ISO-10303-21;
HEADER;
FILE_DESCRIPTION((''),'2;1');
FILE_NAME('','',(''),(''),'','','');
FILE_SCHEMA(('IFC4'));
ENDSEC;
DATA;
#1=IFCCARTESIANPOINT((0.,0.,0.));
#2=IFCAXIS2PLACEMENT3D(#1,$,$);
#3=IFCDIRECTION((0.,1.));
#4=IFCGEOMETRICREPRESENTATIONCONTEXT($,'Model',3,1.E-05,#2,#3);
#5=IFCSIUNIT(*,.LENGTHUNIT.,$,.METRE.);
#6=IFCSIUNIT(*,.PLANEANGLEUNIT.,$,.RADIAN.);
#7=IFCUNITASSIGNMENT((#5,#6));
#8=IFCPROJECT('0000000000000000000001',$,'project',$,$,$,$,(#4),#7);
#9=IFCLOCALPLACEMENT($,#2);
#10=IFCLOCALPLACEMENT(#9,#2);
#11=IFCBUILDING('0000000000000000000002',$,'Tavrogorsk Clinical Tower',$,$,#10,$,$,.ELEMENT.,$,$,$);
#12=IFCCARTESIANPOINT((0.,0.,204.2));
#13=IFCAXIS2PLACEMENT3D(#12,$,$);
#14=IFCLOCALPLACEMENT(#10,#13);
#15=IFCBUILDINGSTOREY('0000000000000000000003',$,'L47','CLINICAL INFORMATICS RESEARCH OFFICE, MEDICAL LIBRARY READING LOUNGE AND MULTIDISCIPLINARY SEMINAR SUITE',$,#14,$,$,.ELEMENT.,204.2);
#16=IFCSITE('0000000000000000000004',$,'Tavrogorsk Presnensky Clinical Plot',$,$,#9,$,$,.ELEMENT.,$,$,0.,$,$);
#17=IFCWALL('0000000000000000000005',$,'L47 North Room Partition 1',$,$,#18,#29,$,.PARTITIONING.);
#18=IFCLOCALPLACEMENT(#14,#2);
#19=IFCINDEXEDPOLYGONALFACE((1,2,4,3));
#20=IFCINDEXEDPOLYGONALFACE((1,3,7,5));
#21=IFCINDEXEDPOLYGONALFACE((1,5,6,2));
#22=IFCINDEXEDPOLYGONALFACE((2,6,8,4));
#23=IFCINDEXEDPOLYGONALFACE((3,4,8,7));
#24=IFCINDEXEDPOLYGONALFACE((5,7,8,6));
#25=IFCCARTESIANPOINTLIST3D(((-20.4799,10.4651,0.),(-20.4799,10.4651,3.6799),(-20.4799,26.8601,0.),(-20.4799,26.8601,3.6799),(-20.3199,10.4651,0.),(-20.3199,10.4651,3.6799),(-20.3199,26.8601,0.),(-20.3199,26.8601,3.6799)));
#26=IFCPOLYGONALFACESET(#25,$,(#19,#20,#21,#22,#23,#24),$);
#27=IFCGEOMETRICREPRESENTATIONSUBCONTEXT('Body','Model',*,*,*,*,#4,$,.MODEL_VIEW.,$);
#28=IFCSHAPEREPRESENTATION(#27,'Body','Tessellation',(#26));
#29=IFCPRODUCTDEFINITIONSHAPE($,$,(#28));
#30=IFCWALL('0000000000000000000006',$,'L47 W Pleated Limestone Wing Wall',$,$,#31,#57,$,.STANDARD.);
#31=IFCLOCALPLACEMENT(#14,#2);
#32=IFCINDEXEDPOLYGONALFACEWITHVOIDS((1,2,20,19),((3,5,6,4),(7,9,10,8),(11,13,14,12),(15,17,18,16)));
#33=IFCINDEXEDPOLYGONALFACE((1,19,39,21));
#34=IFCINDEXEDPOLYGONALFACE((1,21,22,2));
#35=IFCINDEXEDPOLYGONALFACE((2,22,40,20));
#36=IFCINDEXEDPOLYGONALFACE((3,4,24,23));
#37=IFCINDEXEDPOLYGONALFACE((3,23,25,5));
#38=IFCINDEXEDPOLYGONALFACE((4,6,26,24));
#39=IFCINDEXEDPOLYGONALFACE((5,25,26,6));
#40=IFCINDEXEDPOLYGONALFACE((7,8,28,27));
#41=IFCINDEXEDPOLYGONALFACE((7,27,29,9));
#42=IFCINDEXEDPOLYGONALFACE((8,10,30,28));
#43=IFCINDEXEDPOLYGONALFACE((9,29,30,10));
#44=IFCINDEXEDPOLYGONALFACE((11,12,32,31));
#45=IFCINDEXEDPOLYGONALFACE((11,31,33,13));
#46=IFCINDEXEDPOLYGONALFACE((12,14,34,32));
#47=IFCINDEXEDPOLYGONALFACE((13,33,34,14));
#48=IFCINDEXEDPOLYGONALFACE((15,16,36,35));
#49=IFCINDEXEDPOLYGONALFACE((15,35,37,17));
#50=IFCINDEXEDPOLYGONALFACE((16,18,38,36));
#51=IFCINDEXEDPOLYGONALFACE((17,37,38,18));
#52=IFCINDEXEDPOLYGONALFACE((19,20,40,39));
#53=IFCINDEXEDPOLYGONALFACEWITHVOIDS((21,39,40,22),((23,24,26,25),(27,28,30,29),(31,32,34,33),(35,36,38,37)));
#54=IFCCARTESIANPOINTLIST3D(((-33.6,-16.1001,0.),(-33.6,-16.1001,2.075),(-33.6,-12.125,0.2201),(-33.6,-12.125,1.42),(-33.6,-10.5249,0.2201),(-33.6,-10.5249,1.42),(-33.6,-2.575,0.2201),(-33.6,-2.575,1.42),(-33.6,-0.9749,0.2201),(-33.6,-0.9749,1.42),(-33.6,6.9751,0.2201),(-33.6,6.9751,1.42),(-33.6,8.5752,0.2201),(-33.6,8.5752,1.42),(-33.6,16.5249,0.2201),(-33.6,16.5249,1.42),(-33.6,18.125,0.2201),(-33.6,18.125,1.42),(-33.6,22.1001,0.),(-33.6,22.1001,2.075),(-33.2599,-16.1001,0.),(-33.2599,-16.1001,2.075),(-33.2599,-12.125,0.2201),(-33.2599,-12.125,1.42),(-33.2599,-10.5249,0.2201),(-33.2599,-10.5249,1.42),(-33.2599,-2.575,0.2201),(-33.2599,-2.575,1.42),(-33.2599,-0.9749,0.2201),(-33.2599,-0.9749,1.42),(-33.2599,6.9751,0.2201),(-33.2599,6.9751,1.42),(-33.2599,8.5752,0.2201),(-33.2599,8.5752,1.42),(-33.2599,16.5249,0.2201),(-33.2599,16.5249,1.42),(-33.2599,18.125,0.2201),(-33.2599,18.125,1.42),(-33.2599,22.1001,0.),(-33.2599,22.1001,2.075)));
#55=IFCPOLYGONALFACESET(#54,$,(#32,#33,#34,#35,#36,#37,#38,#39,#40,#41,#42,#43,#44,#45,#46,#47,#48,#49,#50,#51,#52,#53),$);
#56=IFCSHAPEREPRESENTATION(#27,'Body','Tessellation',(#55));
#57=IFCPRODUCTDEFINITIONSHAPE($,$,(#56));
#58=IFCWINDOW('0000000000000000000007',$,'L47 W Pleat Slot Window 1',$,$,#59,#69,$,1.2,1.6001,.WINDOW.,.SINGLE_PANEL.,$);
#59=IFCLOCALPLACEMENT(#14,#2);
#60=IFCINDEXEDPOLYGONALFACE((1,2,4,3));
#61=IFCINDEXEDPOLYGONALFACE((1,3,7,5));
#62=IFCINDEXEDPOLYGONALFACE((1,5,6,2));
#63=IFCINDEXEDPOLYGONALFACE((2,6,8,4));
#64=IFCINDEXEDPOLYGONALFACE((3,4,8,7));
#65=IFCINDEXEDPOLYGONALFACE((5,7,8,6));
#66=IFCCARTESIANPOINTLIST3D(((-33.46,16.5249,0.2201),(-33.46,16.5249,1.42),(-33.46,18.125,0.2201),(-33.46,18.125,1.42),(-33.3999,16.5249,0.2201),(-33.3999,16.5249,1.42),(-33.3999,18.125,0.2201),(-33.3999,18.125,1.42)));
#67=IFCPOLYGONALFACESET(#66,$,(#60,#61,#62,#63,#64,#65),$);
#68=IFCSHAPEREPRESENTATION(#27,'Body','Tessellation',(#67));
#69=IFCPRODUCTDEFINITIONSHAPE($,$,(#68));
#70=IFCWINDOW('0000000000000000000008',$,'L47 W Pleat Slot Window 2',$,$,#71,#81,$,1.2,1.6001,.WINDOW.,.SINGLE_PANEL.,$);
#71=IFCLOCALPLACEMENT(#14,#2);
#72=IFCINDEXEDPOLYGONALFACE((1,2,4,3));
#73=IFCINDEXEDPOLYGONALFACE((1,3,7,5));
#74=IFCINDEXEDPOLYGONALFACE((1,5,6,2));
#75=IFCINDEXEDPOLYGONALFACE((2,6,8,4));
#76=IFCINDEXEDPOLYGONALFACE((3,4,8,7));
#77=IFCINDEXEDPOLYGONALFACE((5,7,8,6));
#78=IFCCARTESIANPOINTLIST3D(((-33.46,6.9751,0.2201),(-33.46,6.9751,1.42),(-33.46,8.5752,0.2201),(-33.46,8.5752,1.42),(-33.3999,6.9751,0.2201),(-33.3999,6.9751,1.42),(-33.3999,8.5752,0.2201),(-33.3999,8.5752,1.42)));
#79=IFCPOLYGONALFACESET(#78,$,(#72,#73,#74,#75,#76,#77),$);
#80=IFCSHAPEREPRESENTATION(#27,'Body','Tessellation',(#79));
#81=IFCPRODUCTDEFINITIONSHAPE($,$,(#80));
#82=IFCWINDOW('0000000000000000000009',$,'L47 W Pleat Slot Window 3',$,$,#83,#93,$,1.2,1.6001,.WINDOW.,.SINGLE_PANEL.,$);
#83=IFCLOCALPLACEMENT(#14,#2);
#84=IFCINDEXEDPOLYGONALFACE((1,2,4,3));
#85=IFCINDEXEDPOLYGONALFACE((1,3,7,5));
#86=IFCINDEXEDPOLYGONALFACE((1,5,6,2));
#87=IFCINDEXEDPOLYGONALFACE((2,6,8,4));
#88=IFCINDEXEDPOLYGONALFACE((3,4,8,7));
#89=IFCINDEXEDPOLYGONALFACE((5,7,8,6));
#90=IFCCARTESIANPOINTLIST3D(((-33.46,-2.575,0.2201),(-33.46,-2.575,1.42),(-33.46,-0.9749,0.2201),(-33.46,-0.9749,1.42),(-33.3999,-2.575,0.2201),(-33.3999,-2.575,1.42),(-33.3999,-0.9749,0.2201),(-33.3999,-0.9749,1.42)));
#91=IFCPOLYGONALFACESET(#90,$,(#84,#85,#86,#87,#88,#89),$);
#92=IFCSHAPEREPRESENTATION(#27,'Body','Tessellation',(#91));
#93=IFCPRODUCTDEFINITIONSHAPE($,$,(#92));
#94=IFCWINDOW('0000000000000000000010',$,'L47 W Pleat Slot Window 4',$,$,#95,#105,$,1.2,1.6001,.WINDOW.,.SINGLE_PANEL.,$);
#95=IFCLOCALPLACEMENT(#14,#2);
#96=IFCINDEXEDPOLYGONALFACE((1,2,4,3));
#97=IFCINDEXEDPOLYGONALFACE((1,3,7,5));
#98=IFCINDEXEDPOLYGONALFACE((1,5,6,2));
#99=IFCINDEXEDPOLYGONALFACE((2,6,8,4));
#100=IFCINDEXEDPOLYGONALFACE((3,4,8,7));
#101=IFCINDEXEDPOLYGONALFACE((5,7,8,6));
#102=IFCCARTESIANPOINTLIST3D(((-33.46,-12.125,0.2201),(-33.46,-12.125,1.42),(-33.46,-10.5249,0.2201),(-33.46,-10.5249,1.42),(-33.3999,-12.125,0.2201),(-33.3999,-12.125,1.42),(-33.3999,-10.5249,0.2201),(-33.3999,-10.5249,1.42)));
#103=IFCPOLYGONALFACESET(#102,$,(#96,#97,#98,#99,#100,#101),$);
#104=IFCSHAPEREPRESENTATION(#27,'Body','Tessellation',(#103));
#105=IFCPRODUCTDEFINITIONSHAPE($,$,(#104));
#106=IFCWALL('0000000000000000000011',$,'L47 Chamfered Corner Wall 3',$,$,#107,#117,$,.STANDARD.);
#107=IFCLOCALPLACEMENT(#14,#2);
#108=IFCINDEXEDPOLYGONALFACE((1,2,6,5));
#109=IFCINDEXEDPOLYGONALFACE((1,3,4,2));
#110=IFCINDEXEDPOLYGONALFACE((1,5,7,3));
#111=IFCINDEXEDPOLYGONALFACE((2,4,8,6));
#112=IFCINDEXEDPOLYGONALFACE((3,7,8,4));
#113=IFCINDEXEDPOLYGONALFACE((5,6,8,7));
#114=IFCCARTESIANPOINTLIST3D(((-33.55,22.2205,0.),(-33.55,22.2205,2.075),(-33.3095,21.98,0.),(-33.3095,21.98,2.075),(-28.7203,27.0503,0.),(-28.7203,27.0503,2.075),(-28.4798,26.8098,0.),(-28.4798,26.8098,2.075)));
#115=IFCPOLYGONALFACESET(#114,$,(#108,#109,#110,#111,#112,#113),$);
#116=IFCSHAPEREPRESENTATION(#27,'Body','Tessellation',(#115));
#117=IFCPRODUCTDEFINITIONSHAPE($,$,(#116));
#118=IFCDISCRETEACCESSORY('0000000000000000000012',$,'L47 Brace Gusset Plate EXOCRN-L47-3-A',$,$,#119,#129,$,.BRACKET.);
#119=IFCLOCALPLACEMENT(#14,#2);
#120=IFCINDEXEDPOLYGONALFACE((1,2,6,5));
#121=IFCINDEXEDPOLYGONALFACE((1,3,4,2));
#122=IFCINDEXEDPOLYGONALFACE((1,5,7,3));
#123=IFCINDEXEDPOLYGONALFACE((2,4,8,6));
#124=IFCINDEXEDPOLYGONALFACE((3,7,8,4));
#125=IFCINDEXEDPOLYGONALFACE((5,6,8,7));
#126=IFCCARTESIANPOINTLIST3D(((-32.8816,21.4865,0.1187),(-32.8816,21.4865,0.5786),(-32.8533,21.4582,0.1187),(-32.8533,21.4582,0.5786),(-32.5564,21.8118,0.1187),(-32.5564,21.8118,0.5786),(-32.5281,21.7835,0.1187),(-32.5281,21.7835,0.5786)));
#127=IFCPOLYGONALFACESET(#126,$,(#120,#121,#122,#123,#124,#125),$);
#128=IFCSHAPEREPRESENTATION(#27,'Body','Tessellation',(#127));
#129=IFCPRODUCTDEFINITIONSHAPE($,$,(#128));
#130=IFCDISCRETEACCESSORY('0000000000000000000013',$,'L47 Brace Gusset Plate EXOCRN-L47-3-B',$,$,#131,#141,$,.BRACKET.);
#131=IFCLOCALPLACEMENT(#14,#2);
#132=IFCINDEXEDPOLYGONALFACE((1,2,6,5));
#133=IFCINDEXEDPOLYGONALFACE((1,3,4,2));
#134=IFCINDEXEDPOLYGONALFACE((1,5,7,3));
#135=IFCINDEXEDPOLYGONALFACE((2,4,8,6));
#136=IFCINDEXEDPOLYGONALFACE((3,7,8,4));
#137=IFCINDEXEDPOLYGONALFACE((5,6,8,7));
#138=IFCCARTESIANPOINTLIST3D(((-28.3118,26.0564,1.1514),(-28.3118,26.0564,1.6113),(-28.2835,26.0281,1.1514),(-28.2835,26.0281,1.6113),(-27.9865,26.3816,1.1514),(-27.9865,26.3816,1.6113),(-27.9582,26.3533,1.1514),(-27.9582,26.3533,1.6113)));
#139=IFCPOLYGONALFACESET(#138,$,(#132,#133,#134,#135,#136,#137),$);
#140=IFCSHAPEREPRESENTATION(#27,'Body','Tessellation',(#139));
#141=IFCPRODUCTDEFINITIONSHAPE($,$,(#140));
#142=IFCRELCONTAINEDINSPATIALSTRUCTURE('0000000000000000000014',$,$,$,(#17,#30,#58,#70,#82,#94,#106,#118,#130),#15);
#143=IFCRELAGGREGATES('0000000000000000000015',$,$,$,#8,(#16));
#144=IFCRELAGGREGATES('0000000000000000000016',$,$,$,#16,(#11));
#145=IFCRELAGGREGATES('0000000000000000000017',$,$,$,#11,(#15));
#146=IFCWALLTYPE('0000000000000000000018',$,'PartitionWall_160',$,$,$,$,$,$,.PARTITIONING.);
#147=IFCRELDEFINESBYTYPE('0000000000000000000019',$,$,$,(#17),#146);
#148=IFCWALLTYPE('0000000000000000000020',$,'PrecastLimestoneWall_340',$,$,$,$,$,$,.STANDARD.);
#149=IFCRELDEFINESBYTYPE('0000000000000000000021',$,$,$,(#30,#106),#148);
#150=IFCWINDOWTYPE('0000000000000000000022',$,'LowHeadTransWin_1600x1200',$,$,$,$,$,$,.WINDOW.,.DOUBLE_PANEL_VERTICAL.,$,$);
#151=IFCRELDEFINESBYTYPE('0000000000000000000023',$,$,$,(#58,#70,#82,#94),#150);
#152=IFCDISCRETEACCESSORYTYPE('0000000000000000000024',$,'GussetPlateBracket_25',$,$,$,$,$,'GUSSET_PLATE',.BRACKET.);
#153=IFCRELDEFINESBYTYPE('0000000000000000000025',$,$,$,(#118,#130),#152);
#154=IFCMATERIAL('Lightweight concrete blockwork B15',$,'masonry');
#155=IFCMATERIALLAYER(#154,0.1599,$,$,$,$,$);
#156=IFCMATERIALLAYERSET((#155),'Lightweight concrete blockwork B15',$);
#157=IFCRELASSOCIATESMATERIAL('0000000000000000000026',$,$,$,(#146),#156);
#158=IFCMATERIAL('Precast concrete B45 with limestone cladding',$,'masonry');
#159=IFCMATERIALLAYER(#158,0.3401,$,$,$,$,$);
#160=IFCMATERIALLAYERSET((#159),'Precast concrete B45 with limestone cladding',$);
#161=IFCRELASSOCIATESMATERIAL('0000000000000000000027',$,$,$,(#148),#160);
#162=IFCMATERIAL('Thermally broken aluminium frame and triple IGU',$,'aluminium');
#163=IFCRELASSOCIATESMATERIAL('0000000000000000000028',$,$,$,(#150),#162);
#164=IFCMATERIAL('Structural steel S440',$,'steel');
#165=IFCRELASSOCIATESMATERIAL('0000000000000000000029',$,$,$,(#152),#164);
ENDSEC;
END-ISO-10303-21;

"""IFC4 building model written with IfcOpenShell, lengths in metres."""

from ifc_helpers import new_model, si_unit, direction, frame, frame_2d, origin, origin_2d, place, context, subcontext, project, spatial, rectangle, extrude, material, layer, layer_set, type_object, element, fill, save


model = new_model("IFC4")

# Units and contexts
model_context = context("Model", 3, precision=1e-05, world=origin(), true_north=direction((0.0, 1.0)))
body_context = subcontext(model_context, "Body", "Model", "MODEL_VIEW")
ifc_project = project(units=[si_unit("LENGTHUNIT", "METRE"), si_unit("PLANEANGLEUNIT", "RADIAN")], contexts=[model_context])

# Site, building, storey
site_placement = place(None, origin())
site = spatial("IfcSite", under=ifc_project, at=site_placement, Name="Tavrogorsk Presnensky Clinical Plot", CompositionType="ELEMENT", RefElevation=0.0)
building_placement = place(site_placement, origin())
building = spatial("IfcBuilding", under=site, at=building_placement, Name="Tavrogorsk Clinical Tower", CompositionType="ELEMENT")
storey_placement = place(building_placement, frame((0.0, 0.0, 204.2)))
storey = spatial("IfcBuildingStorey", under=building, at=storey_placement, Name="L47", Description="CLINICAL INFORMATICS RESEARCH OFFICE, MEDICAL LIBRARY READING LOUNGE AND MULTIDISCIPLINARY SEMINAR SUITE", CompositionType="ELEMENT", Elevation=204.2)

# Wall
ifc_material_1 = material(Name="Lightweight concrete blockwork B15", Category="masonry")
ifc_layer_1 = layer(ifc_material_1, 0.1599)
ifc_layer_set_1 = layer_set([ifc_layer_1], Name="Lightweight concrete blockwork B15")
wall_type_1 = type_object("IfcWallType", Name="PartitionWall_160", PredefinedType="PARTITIONING", material=ifc_layer_set_1)
wall_1_placement = place(storey_placement, frame((-20.3999, 10.4651, 0.0), z_axis=(0.0, 0.0, 1.0), x_axis=(0.0, 1.0, 0.0)))
element("IfcWall", 1, at=wall_1_placement, inside=storey, type_object=wall_type_1, Name="L47 North Room Partition 1", PredefinedType="PARTITIONING", context=body_context, shape_type="SweptSolid", body=[
    extrude(rectangle(XDim=16.395, YDim=0.1599, at=frame_2d((8.1975, 0.0))), origin(), (0.0, 0.0, 1.0), 3.6799),
])

# Wall, openings, windows
ifc_material_2 = material(Name="Precast concrete B45 with limestone cladding", Category="masonry")
ifc_layer_2 = layer(ifc_material_2, 0.3401)
ifc_layer_set_2 = layer_set([ifc_layer_2], Name="Precast concrete B45 with limestone cladding")
wall_type_2 = type_object("IfcWallType", Name="PrecastLimestoneWall_340", PredefinedType="STANDARD", material=ifc_layer_set_2)
wall_2_placement = place(storey_placement, frame((-33.4299, 22.1001, 0.0), z_axis=(0.0, 0.0, 1.0), x_axis=(0.0, -1.0, 0.0)))
wall_2 = element("IfcWall", 2, at=wall_2_placement, inside=storey, type_object=wall_type_2, Name="L47 W Pleated Limestone Wing Wall", PredefinedType="STANDARD", context=body_context, shape_type="SweptSolid", body=[
    extrude(rectangle(XDim=38.2002, YDim=0.3401, at=frame_2d((19.1001, 0.0))), origin(), (0.0, 0.0, 1.0), 2.075),
])
opening_1_placement = place(wall_2_placement, frame((3.9751, 0.0, 0.22)))
opening_1 = element("IfcOpeningElement", 3, at=opening_1_placement, cuts=wall_2, PredefinedType="OPENING", context=body_context, shape_type="SweptSolid", body=[
    extrude(rectangle(XDim=1.6001, YDim=1.2, at=frame_2d((0.8, 0.6001))), frame((0.0, 0.1799, 0.0), z_axis=(0.0, -1.0, 0.0), x_axis=(1.0, 0.0, 0.0)), (0.0, 0.0, 1.0), 0.3601),
])
opening_2_placement = place(wall_2_placement, frame((13.5249, 0.0, 0.22)))
opening_2 = element("IfcOpeningElement", 4, at=opening_2_placement, cuts=wall_2, PredefinedType="OPENING", context=body_context, shape_type="SweptSolid", body=[
    extrude(rectangle(XDim=1.6001, YDim=1.2, at=frame_2d((0.8, 0.6001))), frame((0.0, 0.1799, 0.0), z_axis=(0.0, -1.0, 0.0), x_axis=(1.0, 0.0, 0.0)), (0.0, 0.0, 1.0), 0.3601),
])
opening_3_placement = place(wall_2_placement, frame((23.075, 0.0, 0.22)))
opening_3 = element("IfcOpeningElement", 5, at=opening_3_placement, cuts=wall_2, PredefinedType="OPENING", context=body_context, shape_type="SweptSolid", body=[
    extrude(rectangle(XDim=1.6001, YDim=1.2, at=frame_2d((0.8, 0.6001))), frame((0.0, 0.1799, 0.0), z_axis=(0.0, -1.0, 0.0), x_axis=(1.0, 0.0, 0.0)), (0.0, 0.0, 1.0), 0.3601),
])
opening_4_placement = place(wall_2_placement, frame((32.625, 0.0, 0.22)))
opening_4 = element("IfcOpeningElement", 6, at=opening_4_placement, cuts=wall_2, PredefinedType="OPENING", context=body_context, shape_type="SweptSolid", body=[
    extrude(rectangle(XDim=1.6001, YDim=1.2, at=frame_2d((0.8, 0.6001))), frame((0.0, 0.1799, 0.0), z_axis=(0.0, -1.0, 0.0), x_axis=(1.0, 0.0, 0.0)), (0.0, 0.0, 1.0), 0.3601),
])
ifc_material_3 = material(Name="Thermally broken aluminium frame and triple IGU", Category="aluminium")
window_type = type_object("IfcWindowType", Name="LowHeadTransWin_1600x1200", PartitioningType="DOUBLE_PANEL_VERTICAL", PredefinedType="WINDOW", material=ifc_material_3)
window_1_placement = place(opening_1_placement, origin())
window_1 = element("IfcWindow", 7, at=window_1_placement, inside=storey, type_object=window_type, Name="L47 W Pleat Slot Window 1", OverallHeight=1.2, OverallWidth=1.6001, PartitioningType="SINGLE_PANEL", PredefinedType="WINDOW", context=body_context, shape_type="SweptSolid", body=[
    extrude(rectangle(XDim=1.6001, YDim=1.2, at=frame_2d((0.8, 0.6001))), frame((0.0, 0.03, 0.0), z_axis=(0.0, -1.0, 0.0), x_axis=(1.0, 0.0, 0.0)), (0.0, 0.0, 1.0), 0.0601),
])
fill(opening_1, window_1)
window_2_placement = place(opening_2_placement, origin())
window_2 = element("IfcWindow", 8, at=window_2_placement, inside=storey, type_object=window_type, Name="L47 W Pleat Slot Window 2", OverallHeight=1.2, OverallWidth=1.6001, PartitioningType="SINGLE_PANEL", PredefinedType="WINDOW", context=body_context, shape_type="SweptSolid", body=[
    extrude(rectangle(XDim=1.6001, YDim=1.2, at=frame_2d((0.8, 0.6001))), frame((0.0, 0.03, 0.0), z_axis=(0.0, -1.0, 0.0), x_axis=(1.0, 0.0, 0.0)), (0.0, 0.0, 1.0), 0.0601),
])
fill(opening_2, window_2)
window_3_placement = place(opening_3_placement, origin())
window_3 = element("IfcWindow", 9, at=window_3_placement, inside=storey, type_object=window_type, Name="L47 W Pleat Slot Window 3", OverallHeight=1.2, OverallWidth=1.6001, PartitioningType="SINGLE_PANEL", PredefinedType="WINDOW", context=body_context, shape_type="SweptSolid", body=[
    extrude(rectangle(XDim=1.6001, YDim=1.2, at=frame_2d((0.8, 0.6001))), frame((0.0, 0.03, 0.0), z_axis=(0.0, -1.0, 0.0), x_axis=(1.0, 0.0, 0.0)), (0.0, 0.0, 1.0), 0.0601),
])
fill(opening_3, window_3)
window_4_placement = place(opening_4_placement, origin())
window_4 = element("IfcWindow", 10, at=window_4_placement, inside=storey, type_object=window_type, Name="L47 W Pleat Slot Window 4", OverallHeight=1.2, OverallWidth=1.6001, PartitioningType="SINGLE_PANEL", PredefinedType="WINDOW", context=body_context, shape_type="SweptSolid", body=[
    extrude(rectangle(XDim=1.6001, YDim=1.2, at=frame_2d((0.8, 0.6001))), frame((0.0, 0.03, 0.0), z_axis=(0.0, -1.0, 0.0), x_axis=(1.0, 0.0, 0.0)), (0.0, 0.0, 1.0), 0.0601),
])
fill(opening_4, window_4)

# Wall
wall_3_placement = place(storey_placement, frame((-28.6001, 26.9299, 0.0), z_axis=(0.0, 0.0, 1.0), x_axis=(-0.707107, -0.707107, 0.0)))
element("IfcWall", 11, at=wall_3_placement, inside=storey, type_object=wall_type_2, Name="L47 Chamfered Corner Wall 3", PredefinedType="STANDARD", context=body_context, shape_type="SweptSolid", body=[
    extrude(rectangle(XDim=6.8303, YDim=0.3401, at=frame_2d((3.415, 0.0))), origin(), (0.0, 0.0, 1.0), 2.075),
])

# Discrete accessories
ifc_material_4 = material(Name="Structural steel S440", Category="steel")
discrete_accessory_type = type_object("IfcDiscreteAccessoryType", Name="GussetPlateBracket_25", ElementType="GUSSET_PLATE", PredefinedType="BRACKET", material=ifc_material_4)
for number, where, z_axis, x_axis, name in (
    (12, (-32.7048, 21.635, 0.1187), (0.0, 0.0, 1.0), (0.707107, 0.707107, 0.0), "L47 Brace Gusset Plate EXOCRN-L47-3-A"),
    (13, (-28.135, 26.2048, 1.1514), (0.0, 0.0, 1.0), (0.707107, 0.707107, 0.0), "L47 Brace Gusset Plate EXOCRN-L47-3-B"),
):
    element("IfcDiscreteAccessory", number, at=place(storey_placement, frame(where, z_axis=z_axis, x_axis=x_axis)), inside=storey, type_object=discrete_accessory_type, Name=name, PredefinedType="BRACKET", context=body_context, shape_type="SweptSolid", body=[
        extrude(rectangle(XDim=0.46, YDim=0.04, at=origin_2d()), origin(), (0.0, 0.0, 1.0), 0.46),
    ])

save(model, "model.ifc")
